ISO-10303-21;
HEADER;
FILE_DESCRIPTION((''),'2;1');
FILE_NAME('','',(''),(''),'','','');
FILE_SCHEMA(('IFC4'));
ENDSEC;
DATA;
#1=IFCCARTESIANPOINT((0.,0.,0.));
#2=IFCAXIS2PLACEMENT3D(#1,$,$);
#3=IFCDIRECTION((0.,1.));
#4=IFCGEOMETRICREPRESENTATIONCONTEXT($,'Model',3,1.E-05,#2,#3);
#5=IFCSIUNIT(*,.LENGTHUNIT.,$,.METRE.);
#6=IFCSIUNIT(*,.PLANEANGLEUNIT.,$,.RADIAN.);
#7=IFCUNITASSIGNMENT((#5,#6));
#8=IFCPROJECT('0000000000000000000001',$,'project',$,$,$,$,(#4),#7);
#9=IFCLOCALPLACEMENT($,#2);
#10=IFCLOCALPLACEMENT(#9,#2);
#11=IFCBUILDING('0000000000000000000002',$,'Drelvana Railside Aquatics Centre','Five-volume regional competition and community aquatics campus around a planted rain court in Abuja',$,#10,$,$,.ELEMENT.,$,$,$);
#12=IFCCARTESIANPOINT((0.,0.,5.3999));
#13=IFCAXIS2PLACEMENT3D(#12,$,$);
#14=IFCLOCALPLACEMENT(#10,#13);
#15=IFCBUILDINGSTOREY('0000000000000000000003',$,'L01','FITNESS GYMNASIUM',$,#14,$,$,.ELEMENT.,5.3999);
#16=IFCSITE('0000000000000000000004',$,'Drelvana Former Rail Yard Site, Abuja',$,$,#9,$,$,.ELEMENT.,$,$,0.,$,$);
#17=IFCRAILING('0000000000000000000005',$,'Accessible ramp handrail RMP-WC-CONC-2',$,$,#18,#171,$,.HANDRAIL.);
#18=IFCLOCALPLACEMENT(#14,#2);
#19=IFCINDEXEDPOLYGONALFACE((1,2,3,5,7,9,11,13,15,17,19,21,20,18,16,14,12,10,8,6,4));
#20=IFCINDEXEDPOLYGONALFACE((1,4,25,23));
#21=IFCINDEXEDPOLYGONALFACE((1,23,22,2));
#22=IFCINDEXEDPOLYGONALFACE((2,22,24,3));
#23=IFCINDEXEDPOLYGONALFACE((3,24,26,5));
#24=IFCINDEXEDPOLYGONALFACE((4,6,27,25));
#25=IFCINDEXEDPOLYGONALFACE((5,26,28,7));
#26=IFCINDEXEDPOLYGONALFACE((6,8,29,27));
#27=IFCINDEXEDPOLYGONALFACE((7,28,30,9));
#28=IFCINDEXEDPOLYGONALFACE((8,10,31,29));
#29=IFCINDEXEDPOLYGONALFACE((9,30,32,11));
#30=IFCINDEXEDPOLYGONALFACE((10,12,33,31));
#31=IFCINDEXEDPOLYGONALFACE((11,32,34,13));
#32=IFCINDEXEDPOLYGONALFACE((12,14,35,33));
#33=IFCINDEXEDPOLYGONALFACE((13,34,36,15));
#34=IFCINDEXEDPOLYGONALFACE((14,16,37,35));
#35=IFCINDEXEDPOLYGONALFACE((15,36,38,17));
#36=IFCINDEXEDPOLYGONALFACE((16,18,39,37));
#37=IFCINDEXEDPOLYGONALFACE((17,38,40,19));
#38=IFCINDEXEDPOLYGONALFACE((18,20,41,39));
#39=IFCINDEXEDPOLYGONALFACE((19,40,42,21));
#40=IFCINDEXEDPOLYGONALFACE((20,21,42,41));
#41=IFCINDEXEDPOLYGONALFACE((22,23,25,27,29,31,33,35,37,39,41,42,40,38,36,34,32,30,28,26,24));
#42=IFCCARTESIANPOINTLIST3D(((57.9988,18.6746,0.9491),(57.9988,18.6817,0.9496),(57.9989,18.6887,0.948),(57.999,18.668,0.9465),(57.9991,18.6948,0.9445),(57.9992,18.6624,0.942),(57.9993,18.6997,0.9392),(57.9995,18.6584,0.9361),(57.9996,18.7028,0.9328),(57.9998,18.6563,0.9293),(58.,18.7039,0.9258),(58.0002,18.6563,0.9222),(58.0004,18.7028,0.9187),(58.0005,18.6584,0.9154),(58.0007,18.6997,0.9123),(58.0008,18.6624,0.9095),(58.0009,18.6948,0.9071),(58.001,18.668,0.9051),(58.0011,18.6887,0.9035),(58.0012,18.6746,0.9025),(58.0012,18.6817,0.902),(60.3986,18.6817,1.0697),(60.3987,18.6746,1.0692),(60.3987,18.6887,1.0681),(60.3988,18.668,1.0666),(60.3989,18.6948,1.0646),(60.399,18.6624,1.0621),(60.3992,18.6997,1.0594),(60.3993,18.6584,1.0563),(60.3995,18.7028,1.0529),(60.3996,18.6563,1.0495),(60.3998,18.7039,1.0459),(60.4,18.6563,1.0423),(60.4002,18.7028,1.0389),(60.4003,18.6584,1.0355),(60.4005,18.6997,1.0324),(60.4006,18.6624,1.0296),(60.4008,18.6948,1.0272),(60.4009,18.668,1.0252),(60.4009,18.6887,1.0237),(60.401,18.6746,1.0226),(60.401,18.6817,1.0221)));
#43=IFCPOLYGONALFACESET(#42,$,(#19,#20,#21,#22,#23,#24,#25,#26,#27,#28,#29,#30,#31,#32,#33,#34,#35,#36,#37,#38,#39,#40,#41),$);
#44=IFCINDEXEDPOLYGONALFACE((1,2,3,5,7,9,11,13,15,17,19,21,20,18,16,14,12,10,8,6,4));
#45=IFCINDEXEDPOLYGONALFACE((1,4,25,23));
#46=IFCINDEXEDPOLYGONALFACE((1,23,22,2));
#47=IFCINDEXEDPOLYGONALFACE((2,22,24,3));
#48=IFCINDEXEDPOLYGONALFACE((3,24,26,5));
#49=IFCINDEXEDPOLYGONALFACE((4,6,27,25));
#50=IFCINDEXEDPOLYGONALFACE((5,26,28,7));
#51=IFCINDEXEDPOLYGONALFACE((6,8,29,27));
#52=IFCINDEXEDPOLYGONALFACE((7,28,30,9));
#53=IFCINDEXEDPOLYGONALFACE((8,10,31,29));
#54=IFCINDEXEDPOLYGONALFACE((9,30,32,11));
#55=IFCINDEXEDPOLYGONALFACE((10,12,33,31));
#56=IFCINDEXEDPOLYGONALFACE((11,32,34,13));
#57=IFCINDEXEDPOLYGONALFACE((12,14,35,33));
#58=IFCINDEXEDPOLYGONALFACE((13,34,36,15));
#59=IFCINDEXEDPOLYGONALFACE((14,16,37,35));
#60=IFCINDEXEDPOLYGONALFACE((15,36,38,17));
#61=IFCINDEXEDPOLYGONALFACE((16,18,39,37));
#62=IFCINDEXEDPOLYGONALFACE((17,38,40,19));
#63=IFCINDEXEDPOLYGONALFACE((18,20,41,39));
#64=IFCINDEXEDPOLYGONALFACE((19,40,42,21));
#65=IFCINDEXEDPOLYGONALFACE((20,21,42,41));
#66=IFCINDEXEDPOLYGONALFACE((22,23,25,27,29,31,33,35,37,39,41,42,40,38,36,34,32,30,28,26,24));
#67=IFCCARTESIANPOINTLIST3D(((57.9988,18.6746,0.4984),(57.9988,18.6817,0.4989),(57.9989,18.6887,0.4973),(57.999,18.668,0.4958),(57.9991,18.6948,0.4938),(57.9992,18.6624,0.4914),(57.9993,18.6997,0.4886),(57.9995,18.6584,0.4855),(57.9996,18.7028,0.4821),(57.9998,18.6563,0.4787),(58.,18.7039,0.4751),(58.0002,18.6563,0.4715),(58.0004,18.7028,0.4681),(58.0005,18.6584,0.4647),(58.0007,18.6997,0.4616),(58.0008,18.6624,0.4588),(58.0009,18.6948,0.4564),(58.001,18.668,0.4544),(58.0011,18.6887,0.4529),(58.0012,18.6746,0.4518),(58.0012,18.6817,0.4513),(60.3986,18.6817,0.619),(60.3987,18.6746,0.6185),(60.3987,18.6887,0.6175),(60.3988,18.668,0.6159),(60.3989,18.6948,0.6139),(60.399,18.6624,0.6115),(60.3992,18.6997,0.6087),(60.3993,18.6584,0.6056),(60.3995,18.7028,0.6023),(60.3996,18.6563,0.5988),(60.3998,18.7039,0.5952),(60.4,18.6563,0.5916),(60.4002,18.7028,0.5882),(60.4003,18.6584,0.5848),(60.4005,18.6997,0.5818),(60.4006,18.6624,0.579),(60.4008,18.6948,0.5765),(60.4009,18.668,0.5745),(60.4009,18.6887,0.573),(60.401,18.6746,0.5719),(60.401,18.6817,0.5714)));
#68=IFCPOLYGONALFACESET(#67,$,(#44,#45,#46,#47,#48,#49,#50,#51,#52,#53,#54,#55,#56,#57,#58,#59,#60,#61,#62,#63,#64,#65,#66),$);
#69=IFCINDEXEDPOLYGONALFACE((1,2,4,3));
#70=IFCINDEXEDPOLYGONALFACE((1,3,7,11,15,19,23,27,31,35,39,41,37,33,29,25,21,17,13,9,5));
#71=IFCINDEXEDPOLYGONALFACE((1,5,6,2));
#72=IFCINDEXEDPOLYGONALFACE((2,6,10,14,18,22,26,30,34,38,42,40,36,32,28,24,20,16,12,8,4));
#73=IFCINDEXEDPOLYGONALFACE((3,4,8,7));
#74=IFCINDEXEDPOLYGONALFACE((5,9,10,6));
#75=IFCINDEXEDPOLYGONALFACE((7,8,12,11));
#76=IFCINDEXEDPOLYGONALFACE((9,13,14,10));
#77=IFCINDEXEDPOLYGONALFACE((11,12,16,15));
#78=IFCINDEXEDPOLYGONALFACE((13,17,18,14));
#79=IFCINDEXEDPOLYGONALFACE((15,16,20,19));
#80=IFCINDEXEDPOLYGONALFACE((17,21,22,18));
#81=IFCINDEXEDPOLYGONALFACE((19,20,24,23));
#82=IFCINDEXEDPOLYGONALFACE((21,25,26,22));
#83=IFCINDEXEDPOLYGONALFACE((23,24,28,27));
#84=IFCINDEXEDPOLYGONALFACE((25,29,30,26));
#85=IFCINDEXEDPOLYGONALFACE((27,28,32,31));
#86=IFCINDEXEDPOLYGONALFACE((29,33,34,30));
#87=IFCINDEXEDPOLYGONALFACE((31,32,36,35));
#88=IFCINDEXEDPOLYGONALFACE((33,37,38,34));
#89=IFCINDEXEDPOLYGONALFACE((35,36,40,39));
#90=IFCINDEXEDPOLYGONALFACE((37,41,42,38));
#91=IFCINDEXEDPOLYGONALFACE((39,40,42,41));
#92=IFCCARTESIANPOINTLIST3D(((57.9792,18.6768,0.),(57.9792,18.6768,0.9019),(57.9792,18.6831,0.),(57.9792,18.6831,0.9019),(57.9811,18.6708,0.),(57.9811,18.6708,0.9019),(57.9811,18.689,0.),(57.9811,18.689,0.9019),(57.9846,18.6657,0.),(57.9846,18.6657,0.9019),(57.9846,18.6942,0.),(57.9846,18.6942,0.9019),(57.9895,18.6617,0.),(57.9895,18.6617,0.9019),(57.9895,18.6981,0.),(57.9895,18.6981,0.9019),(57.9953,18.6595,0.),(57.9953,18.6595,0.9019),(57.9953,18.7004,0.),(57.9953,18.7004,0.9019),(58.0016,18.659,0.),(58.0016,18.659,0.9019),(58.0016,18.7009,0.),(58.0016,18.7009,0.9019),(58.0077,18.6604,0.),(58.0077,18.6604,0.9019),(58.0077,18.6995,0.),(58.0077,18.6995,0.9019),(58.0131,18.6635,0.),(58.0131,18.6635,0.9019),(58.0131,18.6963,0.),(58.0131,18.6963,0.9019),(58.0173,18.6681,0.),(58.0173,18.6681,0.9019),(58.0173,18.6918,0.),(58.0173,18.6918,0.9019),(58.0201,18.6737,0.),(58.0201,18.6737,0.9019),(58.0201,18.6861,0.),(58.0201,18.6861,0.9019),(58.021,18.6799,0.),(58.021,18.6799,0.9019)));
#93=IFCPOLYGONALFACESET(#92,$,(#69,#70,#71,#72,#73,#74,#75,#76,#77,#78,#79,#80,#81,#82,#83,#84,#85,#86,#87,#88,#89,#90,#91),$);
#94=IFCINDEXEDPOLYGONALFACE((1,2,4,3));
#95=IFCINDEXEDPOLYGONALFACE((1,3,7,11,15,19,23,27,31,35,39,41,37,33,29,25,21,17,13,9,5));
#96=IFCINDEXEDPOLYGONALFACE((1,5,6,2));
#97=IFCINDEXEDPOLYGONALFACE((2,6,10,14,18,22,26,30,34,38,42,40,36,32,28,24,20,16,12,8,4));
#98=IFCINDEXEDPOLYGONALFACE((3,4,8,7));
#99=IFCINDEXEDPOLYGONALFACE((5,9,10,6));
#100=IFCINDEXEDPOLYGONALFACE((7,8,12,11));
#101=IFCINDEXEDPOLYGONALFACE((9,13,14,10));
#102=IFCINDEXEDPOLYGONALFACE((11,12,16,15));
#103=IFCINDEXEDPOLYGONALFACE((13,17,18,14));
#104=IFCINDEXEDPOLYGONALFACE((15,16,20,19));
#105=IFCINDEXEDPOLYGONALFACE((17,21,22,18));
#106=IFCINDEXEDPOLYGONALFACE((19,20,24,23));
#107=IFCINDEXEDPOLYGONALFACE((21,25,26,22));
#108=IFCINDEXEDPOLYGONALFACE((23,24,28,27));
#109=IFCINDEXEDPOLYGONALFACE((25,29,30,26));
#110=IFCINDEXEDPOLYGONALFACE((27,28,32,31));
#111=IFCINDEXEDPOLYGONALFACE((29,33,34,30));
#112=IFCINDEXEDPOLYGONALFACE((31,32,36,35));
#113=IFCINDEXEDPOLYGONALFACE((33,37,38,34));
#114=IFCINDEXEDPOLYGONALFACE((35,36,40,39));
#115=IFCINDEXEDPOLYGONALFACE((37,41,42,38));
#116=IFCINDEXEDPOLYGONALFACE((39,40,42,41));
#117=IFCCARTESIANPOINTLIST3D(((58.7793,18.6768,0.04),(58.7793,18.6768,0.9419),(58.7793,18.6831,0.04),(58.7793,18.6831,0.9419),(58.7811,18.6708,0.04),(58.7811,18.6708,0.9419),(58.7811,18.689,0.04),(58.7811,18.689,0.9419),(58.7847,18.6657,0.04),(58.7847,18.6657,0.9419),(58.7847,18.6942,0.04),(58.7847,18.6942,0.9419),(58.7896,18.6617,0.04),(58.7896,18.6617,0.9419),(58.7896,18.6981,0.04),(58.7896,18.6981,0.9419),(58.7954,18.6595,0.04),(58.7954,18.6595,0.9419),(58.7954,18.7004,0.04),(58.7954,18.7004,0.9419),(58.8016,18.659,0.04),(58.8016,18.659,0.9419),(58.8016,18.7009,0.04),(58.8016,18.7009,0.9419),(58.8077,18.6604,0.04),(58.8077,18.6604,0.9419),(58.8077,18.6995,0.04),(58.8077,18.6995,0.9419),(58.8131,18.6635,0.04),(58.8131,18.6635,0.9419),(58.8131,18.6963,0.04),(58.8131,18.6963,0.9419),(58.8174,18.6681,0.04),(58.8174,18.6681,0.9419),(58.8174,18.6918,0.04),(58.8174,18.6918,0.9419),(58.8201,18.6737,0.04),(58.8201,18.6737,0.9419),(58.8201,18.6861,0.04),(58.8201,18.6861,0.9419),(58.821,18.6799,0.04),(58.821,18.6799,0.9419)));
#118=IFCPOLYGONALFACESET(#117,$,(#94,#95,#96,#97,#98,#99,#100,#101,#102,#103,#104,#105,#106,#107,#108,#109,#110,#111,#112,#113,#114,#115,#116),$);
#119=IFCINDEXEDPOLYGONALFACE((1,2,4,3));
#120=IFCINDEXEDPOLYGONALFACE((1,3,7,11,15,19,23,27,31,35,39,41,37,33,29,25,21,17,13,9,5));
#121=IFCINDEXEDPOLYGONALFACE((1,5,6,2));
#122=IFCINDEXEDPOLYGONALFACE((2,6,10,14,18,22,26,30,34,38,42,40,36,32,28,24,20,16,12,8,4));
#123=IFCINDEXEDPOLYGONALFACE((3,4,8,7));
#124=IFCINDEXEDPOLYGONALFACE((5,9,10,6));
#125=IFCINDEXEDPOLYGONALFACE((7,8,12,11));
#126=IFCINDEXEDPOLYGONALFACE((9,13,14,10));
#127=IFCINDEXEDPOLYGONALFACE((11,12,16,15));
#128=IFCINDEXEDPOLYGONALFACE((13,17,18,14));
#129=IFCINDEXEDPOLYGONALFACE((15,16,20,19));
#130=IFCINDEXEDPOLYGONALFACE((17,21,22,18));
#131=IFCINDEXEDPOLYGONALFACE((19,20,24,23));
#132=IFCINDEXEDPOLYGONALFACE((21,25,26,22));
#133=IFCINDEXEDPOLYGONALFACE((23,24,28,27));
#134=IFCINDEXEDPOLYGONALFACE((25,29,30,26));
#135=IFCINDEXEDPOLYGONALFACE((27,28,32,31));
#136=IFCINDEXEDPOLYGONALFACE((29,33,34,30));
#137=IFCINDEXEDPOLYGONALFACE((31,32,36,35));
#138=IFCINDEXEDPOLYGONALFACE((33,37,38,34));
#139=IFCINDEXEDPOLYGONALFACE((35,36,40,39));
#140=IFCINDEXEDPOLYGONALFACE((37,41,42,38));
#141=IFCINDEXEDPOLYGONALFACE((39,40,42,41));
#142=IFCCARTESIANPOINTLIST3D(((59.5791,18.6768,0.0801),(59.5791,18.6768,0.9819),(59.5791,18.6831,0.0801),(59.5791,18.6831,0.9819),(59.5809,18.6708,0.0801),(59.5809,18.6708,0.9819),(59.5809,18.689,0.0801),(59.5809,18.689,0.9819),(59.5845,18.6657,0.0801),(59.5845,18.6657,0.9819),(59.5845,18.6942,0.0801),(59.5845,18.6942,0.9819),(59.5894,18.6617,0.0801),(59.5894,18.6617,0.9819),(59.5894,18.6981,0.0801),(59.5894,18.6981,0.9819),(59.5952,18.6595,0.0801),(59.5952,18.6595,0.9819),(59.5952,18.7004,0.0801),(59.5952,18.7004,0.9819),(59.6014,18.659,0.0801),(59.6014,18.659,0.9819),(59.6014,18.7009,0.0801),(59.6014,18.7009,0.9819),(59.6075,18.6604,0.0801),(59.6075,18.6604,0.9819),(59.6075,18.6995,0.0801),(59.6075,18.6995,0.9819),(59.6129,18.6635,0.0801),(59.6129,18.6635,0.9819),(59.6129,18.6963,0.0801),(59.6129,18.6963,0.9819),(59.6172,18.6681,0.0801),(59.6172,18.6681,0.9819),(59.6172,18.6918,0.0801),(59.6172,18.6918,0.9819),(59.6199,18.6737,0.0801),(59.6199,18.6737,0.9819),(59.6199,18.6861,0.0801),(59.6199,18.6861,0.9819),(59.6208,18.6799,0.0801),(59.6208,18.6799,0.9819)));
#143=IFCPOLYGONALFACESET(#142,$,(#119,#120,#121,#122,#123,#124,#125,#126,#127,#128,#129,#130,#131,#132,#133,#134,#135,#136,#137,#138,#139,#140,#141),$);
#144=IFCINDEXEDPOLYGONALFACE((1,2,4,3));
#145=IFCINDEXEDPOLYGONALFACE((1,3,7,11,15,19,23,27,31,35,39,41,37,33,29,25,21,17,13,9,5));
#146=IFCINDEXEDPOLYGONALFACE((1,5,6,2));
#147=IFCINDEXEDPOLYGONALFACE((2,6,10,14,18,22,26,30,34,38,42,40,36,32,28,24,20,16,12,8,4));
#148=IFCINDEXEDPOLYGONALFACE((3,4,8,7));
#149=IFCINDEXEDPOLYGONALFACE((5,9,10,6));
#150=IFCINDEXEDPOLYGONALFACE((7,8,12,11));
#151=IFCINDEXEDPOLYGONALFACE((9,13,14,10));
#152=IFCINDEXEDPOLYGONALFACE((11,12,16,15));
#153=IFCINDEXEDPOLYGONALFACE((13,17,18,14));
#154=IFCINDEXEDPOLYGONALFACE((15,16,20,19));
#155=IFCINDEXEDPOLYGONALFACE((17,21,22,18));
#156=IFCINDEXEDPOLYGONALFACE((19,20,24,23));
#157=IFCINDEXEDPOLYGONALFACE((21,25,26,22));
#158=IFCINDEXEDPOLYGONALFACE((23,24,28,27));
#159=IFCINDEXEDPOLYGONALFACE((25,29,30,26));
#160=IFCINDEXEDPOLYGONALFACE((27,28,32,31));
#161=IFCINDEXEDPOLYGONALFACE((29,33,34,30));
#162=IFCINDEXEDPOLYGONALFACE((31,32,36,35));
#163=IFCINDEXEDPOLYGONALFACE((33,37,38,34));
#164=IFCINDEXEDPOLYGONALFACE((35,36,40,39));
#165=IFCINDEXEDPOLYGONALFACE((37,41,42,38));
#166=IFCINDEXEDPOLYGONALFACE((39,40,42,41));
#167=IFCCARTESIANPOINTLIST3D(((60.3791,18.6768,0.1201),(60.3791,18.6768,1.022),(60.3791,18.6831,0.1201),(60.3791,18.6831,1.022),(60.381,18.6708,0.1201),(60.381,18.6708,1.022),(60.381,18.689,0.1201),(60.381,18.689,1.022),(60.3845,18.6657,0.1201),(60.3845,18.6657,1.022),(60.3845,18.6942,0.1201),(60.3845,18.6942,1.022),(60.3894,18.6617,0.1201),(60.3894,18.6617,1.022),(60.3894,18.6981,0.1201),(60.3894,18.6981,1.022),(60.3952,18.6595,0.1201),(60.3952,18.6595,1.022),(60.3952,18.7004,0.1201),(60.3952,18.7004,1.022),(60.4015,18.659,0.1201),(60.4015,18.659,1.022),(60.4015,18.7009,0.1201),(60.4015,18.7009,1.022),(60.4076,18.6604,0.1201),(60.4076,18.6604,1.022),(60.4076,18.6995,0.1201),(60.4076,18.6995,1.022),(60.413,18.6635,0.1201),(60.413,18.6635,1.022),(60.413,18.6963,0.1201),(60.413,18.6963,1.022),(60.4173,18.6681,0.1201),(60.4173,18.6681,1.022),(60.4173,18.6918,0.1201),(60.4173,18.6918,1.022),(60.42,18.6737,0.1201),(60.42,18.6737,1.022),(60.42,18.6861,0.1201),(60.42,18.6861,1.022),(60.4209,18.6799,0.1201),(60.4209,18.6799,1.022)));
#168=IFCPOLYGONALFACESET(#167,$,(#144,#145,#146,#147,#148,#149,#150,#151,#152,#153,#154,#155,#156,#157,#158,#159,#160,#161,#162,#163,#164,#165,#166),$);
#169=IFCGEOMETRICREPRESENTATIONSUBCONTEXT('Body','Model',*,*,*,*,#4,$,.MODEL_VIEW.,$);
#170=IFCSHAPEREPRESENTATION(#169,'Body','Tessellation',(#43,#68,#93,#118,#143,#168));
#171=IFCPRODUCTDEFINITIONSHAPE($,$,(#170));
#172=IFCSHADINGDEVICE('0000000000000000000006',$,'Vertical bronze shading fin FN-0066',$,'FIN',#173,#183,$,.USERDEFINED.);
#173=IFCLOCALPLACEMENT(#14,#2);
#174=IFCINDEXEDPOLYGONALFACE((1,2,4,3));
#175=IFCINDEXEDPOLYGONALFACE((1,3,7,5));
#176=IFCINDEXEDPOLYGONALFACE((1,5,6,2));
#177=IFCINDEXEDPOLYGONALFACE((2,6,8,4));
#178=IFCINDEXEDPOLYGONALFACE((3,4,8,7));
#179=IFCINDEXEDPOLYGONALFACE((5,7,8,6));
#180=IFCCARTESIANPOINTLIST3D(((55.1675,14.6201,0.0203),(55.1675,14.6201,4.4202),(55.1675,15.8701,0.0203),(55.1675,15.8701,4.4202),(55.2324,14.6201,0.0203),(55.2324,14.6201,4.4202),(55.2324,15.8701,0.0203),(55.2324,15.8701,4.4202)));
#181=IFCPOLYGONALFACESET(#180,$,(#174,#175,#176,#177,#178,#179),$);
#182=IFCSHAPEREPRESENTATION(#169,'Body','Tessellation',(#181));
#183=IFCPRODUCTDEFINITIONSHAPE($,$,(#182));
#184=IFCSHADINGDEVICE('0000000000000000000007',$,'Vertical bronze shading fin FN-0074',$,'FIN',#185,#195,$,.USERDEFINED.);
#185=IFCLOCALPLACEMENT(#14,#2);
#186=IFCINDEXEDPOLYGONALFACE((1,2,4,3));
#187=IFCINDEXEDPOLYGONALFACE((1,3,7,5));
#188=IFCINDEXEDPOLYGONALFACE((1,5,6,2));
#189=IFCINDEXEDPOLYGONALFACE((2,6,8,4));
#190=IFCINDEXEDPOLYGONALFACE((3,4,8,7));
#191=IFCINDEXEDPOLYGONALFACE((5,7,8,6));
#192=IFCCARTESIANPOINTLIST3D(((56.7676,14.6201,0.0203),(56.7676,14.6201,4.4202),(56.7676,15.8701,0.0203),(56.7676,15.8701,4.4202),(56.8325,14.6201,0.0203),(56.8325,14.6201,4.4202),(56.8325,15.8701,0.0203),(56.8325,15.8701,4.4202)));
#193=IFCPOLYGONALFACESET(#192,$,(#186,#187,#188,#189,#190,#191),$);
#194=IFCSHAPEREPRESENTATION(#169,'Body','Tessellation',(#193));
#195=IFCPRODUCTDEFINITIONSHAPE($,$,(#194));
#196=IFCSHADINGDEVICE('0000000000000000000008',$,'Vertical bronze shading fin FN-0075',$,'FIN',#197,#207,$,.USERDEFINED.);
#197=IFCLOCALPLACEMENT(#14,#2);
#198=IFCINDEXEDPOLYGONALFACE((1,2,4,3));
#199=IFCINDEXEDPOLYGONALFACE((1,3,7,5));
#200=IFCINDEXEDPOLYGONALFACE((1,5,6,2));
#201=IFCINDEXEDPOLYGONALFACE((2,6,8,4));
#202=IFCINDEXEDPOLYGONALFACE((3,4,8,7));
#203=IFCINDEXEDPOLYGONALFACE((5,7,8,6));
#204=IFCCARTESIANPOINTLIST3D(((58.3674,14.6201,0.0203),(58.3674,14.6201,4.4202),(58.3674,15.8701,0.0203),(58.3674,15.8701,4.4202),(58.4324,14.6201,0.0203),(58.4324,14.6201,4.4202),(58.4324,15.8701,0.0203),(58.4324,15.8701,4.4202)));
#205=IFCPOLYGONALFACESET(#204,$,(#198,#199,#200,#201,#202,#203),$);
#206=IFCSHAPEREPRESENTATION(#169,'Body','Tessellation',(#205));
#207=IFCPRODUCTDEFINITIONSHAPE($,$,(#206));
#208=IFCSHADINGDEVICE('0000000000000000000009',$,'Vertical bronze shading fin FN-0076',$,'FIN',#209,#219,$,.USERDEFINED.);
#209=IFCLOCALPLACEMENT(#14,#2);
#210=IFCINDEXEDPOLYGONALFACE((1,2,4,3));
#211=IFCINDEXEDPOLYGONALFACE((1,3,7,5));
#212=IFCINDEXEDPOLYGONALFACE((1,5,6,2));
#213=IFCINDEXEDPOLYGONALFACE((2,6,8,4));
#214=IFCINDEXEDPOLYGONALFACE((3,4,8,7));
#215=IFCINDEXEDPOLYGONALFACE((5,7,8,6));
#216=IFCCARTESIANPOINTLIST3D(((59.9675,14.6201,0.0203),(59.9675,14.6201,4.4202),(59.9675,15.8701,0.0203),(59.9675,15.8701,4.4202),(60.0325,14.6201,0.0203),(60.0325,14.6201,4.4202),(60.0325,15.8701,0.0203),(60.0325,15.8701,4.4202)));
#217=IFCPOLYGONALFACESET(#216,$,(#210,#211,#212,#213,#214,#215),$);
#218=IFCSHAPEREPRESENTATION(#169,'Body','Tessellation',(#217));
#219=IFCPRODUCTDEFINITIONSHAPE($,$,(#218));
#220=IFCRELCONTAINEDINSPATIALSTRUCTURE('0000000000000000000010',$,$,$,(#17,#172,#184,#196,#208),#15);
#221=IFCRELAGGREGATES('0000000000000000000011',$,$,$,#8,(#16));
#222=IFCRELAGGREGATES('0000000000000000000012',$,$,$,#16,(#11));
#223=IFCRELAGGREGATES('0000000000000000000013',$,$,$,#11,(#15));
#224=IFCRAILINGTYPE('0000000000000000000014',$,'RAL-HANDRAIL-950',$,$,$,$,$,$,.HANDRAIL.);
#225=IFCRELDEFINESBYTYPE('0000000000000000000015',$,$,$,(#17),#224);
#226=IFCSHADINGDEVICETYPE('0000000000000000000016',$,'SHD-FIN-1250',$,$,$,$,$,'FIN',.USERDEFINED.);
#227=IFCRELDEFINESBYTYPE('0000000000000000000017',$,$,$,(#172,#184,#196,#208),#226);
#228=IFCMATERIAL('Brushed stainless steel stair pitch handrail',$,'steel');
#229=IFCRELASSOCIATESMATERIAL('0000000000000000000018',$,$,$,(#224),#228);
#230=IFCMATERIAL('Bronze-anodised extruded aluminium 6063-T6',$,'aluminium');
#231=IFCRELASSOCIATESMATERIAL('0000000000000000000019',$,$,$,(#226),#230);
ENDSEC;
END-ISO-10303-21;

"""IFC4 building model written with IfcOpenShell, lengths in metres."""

from ifc_helpers import new_model, si_unit, direction, frame, origin, origin_2d, place, context, subcontext, project, spatial, rectangle, circle, extrude, material, type_object, element, save


model = new_model("IFC4")

# Units and contexts
model_context = context("Model", 3, precision=1e-05, world=origin(), true_north=direction((0.0, 1.0)))
body_context = subcontext(model_context, "Body", "Model", "MODEL_VIEW")
ifc_project = project(units=[si_unit("LENGTHUNIT", "METRE"), si_unit("PLANEANGLEUNIT", "RADIAN")], contexts=[model_context])

# Site, building, storey
site_placement = place(None, origin())
site = spatial("IfcSite", under=ifc_project, at=site_placement, Name="Drelvana Former Rail Yard Site, Abuja", CompositionType="ELEMENT", RefElevation=0.0)
building_placement = place(site_placement, origin())
building = spatial("IfcBuilding", under=site, at=building_placement, Name="Drelvana Railside Aquatics Centre", Description="Five-volume regional competition and community aquatics campus around a planted rain court in Abuja", CompositionType="ELEMENT")
storey_placement = place(building_placement, frame((0.0, 0.0, 5.3999)))
storey = spatial("IfcBuildingStorey", under=building, at=storey_placement, Name="L01", Description="FITNESS GYMNASIUM", CompositionType="ELEMENT", Elevation=5.3999)

# Shared definitions
ifc_material_1 = material(Name="Bronze-anodised extruded aluminium 6063-T6", Category="aluminium")

# Railing
ifc_material_2 = material(Name="Brushed stainless steel stair pitch handrail", Category="steel")
railing_type = type_object("IfcRailingType", Name="RAL-HANDRAIL-950", PredefinedType="HANDRAIL", material=ifc_material_2)
for number, where, name in (
    (1, (58.0, 18.6799, 0.0), "Accessible ramp handrail RMP-WC-CONC-2"),
):
    element("IfcRailing", number, at=place(storey_placement, frame(where)), inside=storey, type_object=railing_type, Name=name, PredefinedType="HANDRAIL", context=body_context, shape_type="SweptSolid", body=[
        extrude(circle(Radius=0.0239, at=origin_2d()), frame((0.0, 0.0, 0.9258), z_axis=(0.99875, 0.0, 0.049988), x_axis=(0.0, 1.0, 0.0)), (0.0, 0.0, 1.0), 2.4028),
        extrude(circle(Radius=0.0239, at=origin_2d()), frame((0.0, 0.0, 0.4751), z_axis=(0.99875, 0.0, 0.049988), x_axis=(0.0, 1.0, 0.0)), (0.0, 0.0, 1.0), 2.4028),
        extrude(circle(Radius=0.021, at=origin_2d()), origin(), (0.0, 0.0, 1.0), 0.9019),
        extrude(circle(Radius=0.021, at=origin_2d()), frame((0.8, 0.0, 0.04)), (0.0, 0.0, 1.0), 0.9019),
        extrude(circle(Radius=0.021, at=origin_2d()), frame((1.5999, 0.0, 0.0801)), (0.0, 0.0, 1.0), 0.9019),
        extrude(circle(Radius=0.021, at=origin_2d()), frame((2.3999, 0.0, 0.1201)), (0.0, 0.0, 1.0), 0.9019),
    ])

# Shading devices
shading_device_type = type_object("IfcShadingDeviceType", Name="SHD-FIN-1250", ElementType="FIN", PredefinedType="USERDEFINED", material=ifc_material_1)
for number, where, z_axis, x_axis, name in (
    (2, (55.2, 15.2451, 0.0203), (0.0, 0.0, 1.0), (0.0, -1.0, 0.0), "Vertical bronze shading fin FN-0066"),
    (3, (56.8, 15.2451, 0.0203), (0.0, 0.0, 1.0), (0.0, -1.0, 0.0), "Vertical bronze shading fin FN-0074"),
    (4, (58.3999, 15.2451, 0.0203), (0.0, 0.0, 1.0), (0.0, -1.0, 0.0), "Vertical bronze shading fin FN-0075"),
    (5, (60.0, 15.2451, 0.0203), (0.0, 0.0, 1.0), (0.0, -1.0, 0.0), "Vertical bronze shading fin FN-0076"),
):
    element("IfcShadingDevice", number, at=place(storey_placement, frame(where, z_axis=z_axis, x_axis=x_axis)), inside=storey, type_object=shading_device_type, Name=name, ObjectType="FIN", PredefinedType="USERDEFINED", context=body_context, shape_type="SweptSolid", body=[
        extrude(rectangle(XDim=1.25, YDim=0.0649, at=origin_2d()), origin(), (0.0, 0.0, 1.0), 4.3999),
    ])

save(model, "model.ifc")
